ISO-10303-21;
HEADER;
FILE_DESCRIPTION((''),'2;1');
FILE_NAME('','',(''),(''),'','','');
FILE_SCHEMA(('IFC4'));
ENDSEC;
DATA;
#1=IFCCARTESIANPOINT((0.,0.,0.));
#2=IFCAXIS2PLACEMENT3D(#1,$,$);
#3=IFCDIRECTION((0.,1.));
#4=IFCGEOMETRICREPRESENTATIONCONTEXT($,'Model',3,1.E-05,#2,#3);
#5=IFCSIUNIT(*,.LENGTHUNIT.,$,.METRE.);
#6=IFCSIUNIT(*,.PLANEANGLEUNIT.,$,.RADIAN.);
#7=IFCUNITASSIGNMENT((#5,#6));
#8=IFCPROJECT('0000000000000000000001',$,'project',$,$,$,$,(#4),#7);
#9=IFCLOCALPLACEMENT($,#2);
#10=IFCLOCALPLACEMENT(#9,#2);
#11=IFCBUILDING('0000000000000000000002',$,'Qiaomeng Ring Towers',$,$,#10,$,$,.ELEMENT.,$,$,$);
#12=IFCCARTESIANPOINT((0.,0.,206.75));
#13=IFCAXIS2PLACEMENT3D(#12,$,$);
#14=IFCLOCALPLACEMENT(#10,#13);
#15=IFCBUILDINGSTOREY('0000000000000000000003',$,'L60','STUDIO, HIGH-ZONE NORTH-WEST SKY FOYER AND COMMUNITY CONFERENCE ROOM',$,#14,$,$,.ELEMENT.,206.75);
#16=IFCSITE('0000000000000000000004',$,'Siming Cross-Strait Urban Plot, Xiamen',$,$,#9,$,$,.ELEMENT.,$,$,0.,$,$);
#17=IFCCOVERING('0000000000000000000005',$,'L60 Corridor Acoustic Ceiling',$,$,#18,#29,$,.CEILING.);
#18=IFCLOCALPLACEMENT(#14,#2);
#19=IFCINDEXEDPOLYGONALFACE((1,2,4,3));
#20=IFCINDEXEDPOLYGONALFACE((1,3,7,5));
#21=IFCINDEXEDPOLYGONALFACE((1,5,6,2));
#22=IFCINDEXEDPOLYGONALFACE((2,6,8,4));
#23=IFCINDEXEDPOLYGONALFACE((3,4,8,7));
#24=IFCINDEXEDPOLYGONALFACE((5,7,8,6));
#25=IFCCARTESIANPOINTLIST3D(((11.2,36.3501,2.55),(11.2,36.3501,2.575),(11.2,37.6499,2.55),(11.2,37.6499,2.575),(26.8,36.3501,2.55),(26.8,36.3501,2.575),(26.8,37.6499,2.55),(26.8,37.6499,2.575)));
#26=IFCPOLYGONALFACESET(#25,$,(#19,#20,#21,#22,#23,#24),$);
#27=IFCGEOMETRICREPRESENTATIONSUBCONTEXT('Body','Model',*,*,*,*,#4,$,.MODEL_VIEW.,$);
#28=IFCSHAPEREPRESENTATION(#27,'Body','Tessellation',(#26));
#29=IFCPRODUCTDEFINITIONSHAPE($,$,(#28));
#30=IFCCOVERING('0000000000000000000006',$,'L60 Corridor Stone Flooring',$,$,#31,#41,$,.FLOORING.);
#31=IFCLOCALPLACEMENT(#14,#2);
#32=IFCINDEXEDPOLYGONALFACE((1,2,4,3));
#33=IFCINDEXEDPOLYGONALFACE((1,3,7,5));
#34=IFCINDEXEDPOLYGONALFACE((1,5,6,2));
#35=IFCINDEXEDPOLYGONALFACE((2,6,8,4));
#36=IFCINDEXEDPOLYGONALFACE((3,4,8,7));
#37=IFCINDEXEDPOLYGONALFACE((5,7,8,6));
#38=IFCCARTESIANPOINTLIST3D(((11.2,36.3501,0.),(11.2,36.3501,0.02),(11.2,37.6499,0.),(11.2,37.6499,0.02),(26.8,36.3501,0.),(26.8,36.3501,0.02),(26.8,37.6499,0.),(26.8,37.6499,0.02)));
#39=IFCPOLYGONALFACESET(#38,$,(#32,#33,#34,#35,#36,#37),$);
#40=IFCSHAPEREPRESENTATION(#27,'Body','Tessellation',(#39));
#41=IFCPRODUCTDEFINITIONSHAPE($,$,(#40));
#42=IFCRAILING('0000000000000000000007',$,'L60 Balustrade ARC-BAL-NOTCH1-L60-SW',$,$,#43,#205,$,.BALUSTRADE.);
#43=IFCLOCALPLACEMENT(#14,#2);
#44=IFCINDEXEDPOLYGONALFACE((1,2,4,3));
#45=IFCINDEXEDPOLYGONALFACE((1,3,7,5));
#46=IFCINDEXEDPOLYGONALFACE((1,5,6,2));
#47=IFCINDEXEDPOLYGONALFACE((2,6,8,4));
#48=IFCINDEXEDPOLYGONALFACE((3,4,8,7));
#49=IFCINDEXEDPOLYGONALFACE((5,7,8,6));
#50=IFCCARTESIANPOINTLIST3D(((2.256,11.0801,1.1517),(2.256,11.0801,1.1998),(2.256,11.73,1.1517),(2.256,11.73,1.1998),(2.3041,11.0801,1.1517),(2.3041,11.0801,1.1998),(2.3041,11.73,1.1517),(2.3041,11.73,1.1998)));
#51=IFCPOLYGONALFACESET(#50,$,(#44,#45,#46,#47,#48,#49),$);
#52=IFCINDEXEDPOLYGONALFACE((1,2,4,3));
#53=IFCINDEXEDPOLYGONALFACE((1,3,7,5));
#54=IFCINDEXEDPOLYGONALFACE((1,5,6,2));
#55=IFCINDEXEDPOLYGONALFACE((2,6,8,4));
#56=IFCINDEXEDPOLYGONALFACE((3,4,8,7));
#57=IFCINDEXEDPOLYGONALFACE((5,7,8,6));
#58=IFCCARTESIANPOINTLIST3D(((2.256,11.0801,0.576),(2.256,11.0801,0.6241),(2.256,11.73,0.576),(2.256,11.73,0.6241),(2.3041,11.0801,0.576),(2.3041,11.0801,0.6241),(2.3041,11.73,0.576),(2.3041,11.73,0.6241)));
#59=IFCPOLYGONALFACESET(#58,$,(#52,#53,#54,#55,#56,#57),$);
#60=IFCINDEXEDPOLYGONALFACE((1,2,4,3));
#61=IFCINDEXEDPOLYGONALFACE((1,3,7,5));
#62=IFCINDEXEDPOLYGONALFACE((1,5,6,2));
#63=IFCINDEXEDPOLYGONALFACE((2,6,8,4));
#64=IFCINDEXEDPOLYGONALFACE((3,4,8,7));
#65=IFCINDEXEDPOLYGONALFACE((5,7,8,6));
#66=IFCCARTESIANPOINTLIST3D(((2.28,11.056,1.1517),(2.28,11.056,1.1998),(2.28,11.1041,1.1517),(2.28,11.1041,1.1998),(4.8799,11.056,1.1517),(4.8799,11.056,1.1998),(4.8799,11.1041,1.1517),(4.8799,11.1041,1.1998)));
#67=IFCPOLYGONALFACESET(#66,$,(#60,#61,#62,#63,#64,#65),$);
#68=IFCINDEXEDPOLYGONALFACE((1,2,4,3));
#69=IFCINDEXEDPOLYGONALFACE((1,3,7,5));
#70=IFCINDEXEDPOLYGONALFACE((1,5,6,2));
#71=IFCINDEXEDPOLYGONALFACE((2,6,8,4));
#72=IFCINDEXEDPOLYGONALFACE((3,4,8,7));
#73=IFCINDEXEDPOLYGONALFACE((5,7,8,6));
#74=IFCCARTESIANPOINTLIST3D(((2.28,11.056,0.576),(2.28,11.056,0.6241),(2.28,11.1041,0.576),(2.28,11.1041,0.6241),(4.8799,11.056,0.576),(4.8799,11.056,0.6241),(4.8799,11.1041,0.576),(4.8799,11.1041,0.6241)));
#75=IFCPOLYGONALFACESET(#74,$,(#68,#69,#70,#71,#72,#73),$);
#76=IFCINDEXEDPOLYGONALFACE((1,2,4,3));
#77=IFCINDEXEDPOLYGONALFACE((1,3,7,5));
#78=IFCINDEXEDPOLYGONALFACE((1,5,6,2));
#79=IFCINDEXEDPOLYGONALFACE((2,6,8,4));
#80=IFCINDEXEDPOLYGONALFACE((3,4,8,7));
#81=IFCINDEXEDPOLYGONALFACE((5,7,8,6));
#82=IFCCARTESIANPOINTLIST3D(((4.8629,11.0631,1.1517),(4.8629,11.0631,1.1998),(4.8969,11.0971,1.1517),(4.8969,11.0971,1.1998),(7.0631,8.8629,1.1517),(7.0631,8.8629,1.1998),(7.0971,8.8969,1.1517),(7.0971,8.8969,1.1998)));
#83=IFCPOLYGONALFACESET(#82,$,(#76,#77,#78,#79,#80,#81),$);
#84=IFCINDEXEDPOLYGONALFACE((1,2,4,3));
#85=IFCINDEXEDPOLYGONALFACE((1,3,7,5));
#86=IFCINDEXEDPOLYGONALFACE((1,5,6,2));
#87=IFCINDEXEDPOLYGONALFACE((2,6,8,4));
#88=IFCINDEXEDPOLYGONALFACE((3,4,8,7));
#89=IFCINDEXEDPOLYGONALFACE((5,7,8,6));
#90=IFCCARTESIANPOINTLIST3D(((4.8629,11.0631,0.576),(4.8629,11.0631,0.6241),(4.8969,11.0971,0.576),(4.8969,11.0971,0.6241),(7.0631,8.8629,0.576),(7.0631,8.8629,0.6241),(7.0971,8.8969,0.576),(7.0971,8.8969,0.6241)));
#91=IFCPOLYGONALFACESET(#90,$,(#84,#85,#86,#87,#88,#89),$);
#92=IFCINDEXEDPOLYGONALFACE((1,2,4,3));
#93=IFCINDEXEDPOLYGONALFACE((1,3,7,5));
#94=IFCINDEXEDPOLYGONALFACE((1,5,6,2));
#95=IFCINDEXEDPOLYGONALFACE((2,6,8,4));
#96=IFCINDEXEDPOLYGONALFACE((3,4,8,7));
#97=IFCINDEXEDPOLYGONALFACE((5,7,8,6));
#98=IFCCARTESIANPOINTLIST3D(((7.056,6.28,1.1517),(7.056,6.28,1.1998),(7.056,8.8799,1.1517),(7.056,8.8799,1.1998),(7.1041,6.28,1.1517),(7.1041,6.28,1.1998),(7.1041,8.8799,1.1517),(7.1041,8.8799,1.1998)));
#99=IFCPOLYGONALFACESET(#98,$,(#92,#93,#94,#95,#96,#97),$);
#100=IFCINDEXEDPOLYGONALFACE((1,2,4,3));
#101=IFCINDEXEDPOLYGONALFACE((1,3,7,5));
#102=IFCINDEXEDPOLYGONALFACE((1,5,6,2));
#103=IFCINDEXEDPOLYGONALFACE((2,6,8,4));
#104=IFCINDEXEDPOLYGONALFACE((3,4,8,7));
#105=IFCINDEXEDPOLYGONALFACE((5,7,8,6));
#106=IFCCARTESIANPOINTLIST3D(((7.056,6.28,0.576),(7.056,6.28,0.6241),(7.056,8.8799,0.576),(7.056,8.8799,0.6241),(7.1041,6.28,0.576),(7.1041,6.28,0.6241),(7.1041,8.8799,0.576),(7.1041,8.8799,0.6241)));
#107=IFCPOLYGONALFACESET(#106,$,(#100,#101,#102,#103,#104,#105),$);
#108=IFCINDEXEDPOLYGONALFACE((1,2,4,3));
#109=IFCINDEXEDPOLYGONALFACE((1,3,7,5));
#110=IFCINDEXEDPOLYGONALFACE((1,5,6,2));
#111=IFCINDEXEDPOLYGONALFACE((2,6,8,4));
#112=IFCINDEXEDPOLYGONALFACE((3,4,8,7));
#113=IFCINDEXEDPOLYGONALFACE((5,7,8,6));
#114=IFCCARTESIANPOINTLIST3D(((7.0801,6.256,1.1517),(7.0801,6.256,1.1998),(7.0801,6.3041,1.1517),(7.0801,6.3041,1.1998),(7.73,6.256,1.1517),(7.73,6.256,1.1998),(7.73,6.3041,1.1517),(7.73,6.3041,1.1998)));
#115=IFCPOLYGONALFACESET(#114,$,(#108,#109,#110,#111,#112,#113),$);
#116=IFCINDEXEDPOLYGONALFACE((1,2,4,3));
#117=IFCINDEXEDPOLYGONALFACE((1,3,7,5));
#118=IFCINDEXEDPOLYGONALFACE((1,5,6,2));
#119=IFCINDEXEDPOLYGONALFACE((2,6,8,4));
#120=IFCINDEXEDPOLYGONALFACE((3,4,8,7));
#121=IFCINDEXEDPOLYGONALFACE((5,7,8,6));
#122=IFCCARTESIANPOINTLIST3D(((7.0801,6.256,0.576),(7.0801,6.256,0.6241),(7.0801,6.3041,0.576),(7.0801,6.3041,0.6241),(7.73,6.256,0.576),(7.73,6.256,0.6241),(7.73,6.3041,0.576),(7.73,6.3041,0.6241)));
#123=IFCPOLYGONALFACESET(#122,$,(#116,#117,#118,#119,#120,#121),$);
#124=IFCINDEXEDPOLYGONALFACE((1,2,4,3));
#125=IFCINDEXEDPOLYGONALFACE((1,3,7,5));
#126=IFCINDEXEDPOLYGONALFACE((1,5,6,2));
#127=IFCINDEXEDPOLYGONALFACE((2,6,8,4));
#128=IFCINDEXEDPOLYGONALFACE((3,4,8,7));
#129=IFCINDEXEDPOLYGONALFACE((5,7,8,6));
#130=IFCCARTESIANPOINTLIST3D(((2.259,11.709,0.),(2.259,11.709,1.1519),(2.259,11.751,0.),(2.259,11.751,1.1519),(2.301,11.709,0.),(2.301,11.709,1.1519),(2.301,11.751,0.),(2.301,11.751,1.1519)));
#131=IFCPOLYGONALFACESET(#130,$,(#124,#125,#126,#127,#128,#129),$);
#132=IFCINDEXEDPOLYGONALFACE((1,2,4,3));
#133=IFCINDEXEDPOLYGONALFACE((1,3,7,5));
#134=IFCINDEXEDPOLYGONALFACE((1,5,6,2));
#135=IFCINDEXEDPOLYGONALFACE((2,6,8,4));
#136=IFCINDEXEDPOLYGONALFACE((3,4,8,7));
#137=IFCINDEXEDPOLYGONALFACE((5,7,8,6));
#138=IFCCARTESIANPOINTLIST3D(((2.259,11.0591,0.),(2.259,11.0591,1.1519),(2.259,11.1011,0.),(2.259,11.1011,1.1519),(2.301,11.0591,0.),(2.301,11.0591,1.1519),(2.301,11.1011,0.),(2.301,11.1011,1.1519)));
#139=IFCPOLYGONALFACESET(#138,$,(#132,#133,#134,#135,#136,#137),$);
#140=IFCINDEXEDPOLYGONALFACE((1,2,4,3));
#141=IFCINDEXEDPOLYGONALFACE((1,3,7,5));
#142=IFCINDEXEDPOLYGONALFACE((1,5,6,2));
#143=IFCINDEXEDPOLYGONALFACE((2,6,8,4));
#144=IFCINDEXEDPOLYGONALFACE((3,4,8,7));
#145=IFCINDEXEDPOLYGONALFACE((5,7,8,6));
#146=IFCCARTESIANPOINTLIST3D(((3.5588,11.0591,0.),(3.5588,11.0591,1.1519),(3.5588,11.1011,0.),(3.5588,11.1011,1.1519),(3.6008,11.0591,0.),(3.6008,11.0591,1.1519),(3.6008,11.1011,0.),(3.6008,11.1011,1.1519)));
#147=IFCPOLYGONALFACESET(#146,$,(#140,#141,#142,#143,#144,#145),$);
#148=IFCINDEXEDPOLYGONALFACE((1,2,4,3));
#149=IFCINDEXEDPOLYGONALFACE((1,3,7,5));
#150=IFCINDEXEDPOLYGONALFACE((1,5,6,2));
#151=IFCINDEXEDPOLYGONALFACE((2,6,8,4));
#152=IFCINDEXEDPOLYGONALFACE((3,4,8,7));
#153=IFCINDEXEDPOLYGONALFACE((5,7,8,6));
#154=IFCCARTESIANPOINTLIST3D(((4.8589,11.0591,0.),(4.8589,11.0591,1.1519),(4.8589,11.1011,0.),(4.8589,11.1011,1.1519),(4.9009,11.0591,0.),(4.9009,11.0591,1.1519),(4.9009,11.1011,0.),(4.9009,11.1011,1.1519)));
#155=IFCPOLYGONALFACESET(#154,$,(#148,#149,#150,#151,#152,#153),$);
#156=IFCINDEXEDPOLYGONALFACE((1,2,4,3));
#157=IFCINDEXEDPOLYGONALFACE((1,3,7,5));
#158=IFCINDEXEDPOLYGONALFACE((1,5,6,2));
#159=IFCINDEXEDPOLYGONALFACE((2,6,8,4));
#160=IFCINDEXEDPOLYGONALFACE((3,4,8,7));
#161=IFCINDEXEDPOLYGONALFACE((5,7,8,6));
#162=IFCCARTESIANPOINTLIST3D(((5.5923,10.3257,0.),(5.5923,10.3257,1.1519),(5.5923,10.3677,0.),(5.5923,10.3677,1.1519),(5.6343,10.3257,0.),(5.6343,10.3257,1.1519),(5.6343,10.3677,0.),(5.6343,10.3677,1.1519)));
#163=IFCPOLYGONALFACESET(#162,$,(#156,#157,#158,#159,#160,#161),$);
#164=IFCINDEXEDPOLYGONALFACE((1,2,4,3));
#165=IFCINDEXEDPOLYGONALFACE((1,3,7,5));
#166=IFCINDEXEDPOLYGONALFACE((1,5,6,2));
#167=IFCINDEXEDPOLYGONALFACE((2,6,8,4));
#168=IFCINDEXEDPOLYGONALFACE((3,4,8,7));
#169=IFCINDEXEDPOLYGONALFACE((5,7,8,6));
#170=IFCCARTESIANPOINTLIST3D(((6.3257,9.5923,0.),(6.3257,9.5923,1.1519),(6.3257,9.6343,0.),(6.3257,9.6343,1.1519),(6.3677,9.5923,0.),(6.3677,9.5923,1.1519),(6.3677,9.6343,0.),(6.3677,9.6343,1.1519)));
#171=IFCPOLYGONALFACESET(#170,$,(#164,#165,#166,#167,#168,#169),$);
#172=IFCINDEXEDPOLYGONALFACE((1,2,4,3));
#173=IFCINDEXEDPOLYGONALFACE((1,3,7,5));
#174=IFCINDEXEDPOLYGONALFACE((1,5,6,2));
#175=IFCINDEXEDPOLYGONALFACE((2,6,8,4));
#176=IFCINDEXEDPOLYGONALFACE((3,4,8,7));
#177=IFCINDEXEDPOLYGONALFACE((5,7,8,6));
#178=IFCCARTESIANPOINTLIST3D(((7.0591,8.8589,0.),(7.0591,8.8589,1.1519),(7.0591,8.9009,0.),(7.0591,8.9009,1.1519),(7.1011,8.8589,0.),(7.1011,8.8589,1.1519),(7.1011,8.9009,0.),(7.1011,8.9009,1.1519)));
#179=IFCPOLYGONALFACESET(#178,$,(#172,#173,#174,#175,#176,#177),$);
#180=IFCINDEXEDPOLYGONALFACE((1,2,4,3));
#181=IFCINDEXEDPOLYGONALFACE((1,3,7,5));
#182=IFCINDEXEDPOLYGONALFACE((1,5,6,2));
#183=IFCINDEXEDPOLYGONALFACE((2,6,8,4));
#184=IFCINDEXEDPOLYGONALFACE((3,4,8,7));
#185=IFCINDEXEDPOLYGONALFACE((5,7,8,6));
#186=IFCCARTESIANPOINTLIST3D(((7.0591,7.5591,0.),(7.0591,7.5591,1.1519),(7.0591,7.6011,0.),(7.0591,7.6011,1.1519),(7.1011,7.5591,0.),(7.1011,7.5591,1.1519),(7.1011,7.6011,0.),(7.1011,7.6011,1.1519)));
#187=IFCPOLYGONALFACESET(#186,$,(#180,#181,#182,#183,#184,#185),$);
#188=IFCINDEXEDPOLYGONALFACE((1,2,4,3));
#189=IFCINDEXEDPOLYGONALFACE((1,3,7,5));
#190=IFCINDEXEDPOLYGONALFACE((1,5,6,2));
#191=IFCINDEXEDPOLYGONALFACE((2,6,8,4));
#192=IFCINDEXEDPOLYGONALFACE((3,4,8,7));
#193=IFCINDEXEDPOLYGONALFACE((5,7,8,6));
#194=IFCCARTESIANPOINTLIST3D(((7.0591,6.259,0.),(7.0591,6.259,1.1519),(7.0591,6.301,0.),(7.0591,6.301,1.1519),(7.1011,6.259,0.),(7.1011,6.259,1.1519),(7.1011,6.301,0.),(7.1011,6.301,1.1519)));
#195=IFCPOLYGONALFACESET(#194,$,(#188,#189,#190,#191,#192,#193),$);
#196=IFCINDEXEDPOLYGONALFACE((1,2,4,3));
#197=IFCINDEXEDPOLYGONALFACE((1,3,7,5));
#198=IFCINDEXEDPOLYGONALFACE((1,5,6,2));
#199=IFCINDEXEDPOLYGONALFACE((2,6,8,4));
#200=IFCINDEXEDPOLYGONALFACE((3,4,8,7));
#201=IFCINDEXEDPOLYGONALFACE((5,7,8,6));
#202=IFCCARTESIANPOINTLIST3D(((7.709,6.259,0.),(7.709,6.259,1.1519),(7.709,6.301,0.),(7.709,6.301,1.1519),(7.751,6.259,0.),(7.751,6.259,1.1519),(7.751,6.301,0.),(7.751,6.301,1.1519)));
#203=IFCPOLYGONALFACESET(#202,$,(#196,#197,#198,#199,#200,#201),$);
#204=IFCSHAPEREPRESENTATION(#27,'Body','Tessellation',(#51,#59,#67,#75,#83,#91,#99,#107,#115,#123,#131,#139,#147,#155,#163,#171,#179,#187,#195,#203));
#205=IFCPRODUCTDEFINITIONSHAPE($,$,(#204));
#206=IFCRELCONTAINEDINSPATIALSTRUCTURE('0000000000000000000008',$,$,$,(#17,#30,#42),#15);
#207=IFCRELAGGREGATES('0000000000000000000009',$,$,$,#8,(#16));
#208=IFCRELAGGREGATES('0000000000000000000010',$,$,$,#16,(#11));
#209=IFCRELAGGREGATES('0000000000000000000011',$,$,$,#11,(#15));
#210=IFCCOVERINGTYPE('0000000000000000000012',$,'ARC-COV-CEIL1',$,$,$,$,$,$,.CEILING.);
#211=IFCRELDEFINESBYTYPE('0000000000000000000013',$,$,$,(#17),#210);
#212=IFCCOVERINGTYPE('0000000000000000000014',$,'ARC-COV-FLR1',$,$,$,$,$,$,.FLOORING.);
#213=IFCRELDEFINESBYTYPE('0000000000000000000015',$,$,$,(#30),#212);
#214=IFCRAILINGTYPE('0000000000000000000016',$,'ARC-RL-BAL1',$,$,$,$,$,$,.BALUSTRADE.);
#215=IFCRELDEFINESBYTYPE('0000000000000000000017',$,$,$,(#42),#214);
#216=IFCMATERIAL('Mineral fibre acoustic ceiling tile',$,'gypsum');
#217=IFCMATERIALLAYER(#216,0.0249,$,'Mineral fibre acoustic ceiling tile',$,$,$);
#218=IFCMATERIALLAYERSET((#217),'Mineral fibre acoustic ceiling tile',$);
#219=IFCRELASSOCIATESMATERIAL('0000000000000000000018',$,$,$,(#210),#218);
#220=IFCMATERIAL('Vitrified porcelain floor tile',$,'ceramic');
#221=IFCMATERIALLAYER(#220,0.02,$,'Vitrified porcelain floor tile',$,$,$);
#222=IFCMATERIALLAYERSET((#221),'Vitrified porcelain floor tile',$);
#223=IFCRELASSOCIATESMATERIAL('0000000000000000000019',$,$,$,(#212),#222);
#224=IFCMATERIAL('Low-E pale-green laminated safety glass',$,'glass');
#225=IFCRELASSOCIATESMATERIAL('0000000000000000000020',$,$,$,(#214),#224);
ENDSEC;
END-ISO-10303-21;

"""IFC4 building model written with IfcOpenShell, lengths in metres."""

from ifc_helpers import new_model, si_unit, direction, frame, origin, origin_2d, place, context, subcontext, project, spatial, polyline, rectangle, outline, extrude, material, layer, layer_set, type_object, element, save


model = new_model("IFC4")

# Units and contexts
model_context = context("Model", 3, precision=1e-05, world=origin(), true_north=direction((0.0, 1.0)))
body_context = subcontext(model_context, "Body", "Model", "MODEL_VIEW")
ifc_project = project(units=[si_unit("LENGTHUNIT", "METRE"), si_unit("PLANEANGLEUNIT", "RADIAN")], contexts=[model_context])

# Site, building, storey
site_placement = place(None, origin())
site = spatial("IfcSite", under=ifc_project, at=site_placement, Name="Siming Cross-Strait Urban Plot, Xiamen", CompositionType="ELEMENT", RefElevation=0.0)
building_placement = place(site_placement, origin())
building = spatial("IfcBuilding", under=site, at=building_placement, Name="Qiaomeng Ring Towers", CompositionType="ELEMENT")
storey_placement = place(building_placement, frame((0.0, 0.0, 206.75)))
storey = spatial("IfcBuildingStorey", under=building, at=storey_placement, Name="L60", Description="STUDIO, HIGH-ZONE NORTH-WEST SKY FOYER AND COMMUNITY CONFERENCE ROOM", CompositionType="ELEMENT", Elevation=206.75)

# Coverings
ifc_material_1 = material(Name="Mineral fibre acoustic ceiling tile", Category="gypsum")
ifc_layer_1 = layer(ifc_material_1, 0.0249, Name="Mineral fibre acoustic ceiling tile")
ifc_layer_set_1 = layer_set([ifc_layer_1], Name="Mineral fibre acoustic ceiling tile")
covering_type_1 = type_object("IfcCoveringType", Name="ARC-COV-CEIL1", PredefinedType="CEILING", material=ifc_layer_set_1)
covering_1_placement = place(storey_placement, frame((0.0, 0.0, 2.55)))
element("IfcCovering", 1, at=covering_1_placement, inside=storey, type_object=covering_type_1, Name="L60 Corridor Acoustic Ceiling", PredefinedType="CEILING", context=body_context, shape_type="SweptSolid", body=[
    extrude(outline(polyline([(11.2, 36.3501), (11.2, 37.6499), (26.8, 37.6499), (26.8, 36.3501), (11.2, 36.3501)])), origin(), (0.0, 0.0, 1.0), 0.0249),
])
ifc_material_2 = material(Name="Vitrified porcelain floor tile", Category="ceramic")
ifc_layer_2 = layer(ifc_material_2, 0.02, Name="Vitrified porcelain floor tile")
ifc_layer_set_2 = layer_set([ifc_layer_2], Name="Vitrified porcelain floor tile")
covering_type_2 = type_object("IfcCoveringType", Name="ARC-COV-FLR1", PredefinedType="FLOORING", material=ifc_layer_set_2)
covering_2_placement = place(storey_placement, origin())
element("IfcCovering", 2, at=covering_2_placement, inside=storey, type_object=covering_type_2, Name="L60 Corridor Stone Flooring", PredefinedType="FLOORING", context=body_context, shape_type="SweptSolid", body=[
    extrude(outline(polyline([(11.2, 36.3501), (11.2, 37.6499), (26.8, 37.6499), (26.8, 36.3501), (11.2, 36.3501)])), origin(), (0.0, 0.0, 1.0), 0.02),
])

# Railing
ifc_material_3 = material(Name="Low-E pale-green laminated safety glass", Category="glass")
railing_type = type_object("IfcRailingType", Name="ARC-RL-BAL1", PredefinedType="BALUSTRADE", material=ifc_material_3)
railing_placement = place(storey_placement, frame((2.28, 11.73, 0.0)))
element("IfcRailing", 3, at=railing_placement, inside=storey, type_object=railing_type, Name="L60 Balustrade ARC-BAL-NOTCH1-L60-SW", PredefinedType="BALUSTRADE", context=body_context, shape_type="SweptSolid", body=[
    extrude(rectangle(XDim=0.0481, YDim=0.0481, at=origin_2d()), frame((0.0, 0.0, 1.1758), z_axis=(0.0, -1.0, 0.0), x_axis=(1.0, 0.0, 0.0)), (0.0, 0.0, 1.0), 0.6499),
    extrude(rectangle(XDim=0.0481, YDim=0.0481, at=origin_2d()), frame((0.0, 0.0, 0.6001), z_axis=(0.0, -1.0, 0.0), x_axis=(1.0, 0.0, 0.0)), (0.0, 0.0, 1.0), 0.6499),
    extrude(rectangle(XDim=0.0481, YDim=0.0481, at=origin_2d()), frame((0.0, -0.6499, 1.1758), z_axis=(1.0, 0.0, 0.0), x_axis=(0.0, 1.0, 0.0)), (0.0, 0.0, 1.0), 2.5999),
    extrude(rectangle(XDim=0.0481, YDim=0.0481, at=origin_2d()), frame((0.0, -0.6499, 0.6001), z_axis=(1.0, 0.0, 0.0), x_axis=(0.0, 1.0, 0.0)), (0.0, 0.0, 1.0), 2.5999),
    extrude(rectangle(XDim=0.0481, YDim=0.0481, at=origin_2d()), frame((2.5999, -0.6499, 1.1758), z_axis=(0.707107, -0.707107, 0.0), x_axis=(0.707107, 0.707107, 0.0)), (0.0, 0.0, 1.0), 3.1116),
    extrude(rectangle(XDim=0.0481, YDim=0.0481, at=origin_2d()), frame((2.5999, -0.6499, 0.6001), z_axis=(0.707107, -0.707107, 0.0), x_axis=(0.707107, 0.707107, 0.0)), (0.0, 0.0, 1.0), 3.1116),
    extrude(rectangle(XDim=0.0481, YDim=0.0481, at=origin_2d()), frame((4.8, -2.8501, 1.1758), z_axis=(0.0, -1.0, 0.0), x_axis=(1.0, 0.0, 0.0)), (0.0, 0.0, 1.0), 2.5999),
    extrude(rectangle(XDim=0.0481, YDim=0.0481, at=origin_2d()), frame((4.8, -2.8501, 0.6001), z_axis=(0.0, -1.0, 0.0), x_axis=(1.0, 0.0, 0.0)), (0.0, 0.0, 1.0), 2.5999),
    extrude(rectangle(XDim=0.0481, YDim=0.0481, at=origin_2d()), frame((4.8, -5.45, 1.1758), z_axis=(1.0, 0.0, 0.0), x_axis=(0.0, 1.0, 0.0)), (0.0, 0.0, 1.0), 0.6499),
    extrude(rectangle(XDim=0.0481, YDim=0.0481, at=origin_2d()), frame((4.8, -5.45, 0.6001), z_axis=(1.0, 0.0, 0.0), x_axis=(0.0, 1.0, 0.0)), (0.0, 0.0, 1.0), 0.6499),
    extrude(rectangle(XDim=0.042, YDim=0.042, at=origin_2d()), origin(), (0.0, 0.0, 1.0), 1.1519),
    extrude(rectangle(XDim=0.042, YDim=0.042, at=origin_2d()), frame((0.0, -0.6499, 0.0)), (0.0, 0.0, 1.0), 1.1519),
    extrude(rectangle(XDim=0.042, YDim=0.042, at=origin_2d()), frame((1.2998, -0.6499, 0.0)), (0.0, 0.0, 1.0), 1.1519),
    extrude(rectangle(XDim=0.042, YDim=0.042, at=origin_2d()), frame((2.5999, -0.6499, 0.0)), (0.0, 0.0, 1.0), 1.1519),
    extrude(rectangle(XDim=0.042, YDim=0.042, at=origin_2d()), frame((3.3333, -1.3833, 0.0)), (0.0, 0.0, 1.0), 1.1519),
    extrude(rectangle(XDim=0.042, YDim=0.042, at=origin_2d()), frame((4.0667, -2.1167, 0.0)), (0.0, 0.0, 1.0), 1.1519),
    extrude(rectangle(XDim=0.042, YDim=0.042, at=origin_2d()), frame((4.8, -2.8501, 0.0)), (0.0, 0.0, 1.0), 1.1519),
    extrude(rectangle(XDim=0.042, YDim=0.042, at=origin_2d()), frame((4.8, -4.1499, 0.0)), (0.0, 0.0, 1.0), 1.1519),
    extrude(rectangle(XDim=0.042, YDim=0.042, at=origin_2d()), frame((4.8, -5.45, 0.0)), (0.0, 0.0, 1.0), 1.1519),
    extrude(rectangle(XDim=0.042, YDim=0.042, at=origin_2d()), frame((5.45, -5.45, 0.0)), (0.0, 0.0, 1.0), 1.1519),
])

save(model, "model.ifc")
